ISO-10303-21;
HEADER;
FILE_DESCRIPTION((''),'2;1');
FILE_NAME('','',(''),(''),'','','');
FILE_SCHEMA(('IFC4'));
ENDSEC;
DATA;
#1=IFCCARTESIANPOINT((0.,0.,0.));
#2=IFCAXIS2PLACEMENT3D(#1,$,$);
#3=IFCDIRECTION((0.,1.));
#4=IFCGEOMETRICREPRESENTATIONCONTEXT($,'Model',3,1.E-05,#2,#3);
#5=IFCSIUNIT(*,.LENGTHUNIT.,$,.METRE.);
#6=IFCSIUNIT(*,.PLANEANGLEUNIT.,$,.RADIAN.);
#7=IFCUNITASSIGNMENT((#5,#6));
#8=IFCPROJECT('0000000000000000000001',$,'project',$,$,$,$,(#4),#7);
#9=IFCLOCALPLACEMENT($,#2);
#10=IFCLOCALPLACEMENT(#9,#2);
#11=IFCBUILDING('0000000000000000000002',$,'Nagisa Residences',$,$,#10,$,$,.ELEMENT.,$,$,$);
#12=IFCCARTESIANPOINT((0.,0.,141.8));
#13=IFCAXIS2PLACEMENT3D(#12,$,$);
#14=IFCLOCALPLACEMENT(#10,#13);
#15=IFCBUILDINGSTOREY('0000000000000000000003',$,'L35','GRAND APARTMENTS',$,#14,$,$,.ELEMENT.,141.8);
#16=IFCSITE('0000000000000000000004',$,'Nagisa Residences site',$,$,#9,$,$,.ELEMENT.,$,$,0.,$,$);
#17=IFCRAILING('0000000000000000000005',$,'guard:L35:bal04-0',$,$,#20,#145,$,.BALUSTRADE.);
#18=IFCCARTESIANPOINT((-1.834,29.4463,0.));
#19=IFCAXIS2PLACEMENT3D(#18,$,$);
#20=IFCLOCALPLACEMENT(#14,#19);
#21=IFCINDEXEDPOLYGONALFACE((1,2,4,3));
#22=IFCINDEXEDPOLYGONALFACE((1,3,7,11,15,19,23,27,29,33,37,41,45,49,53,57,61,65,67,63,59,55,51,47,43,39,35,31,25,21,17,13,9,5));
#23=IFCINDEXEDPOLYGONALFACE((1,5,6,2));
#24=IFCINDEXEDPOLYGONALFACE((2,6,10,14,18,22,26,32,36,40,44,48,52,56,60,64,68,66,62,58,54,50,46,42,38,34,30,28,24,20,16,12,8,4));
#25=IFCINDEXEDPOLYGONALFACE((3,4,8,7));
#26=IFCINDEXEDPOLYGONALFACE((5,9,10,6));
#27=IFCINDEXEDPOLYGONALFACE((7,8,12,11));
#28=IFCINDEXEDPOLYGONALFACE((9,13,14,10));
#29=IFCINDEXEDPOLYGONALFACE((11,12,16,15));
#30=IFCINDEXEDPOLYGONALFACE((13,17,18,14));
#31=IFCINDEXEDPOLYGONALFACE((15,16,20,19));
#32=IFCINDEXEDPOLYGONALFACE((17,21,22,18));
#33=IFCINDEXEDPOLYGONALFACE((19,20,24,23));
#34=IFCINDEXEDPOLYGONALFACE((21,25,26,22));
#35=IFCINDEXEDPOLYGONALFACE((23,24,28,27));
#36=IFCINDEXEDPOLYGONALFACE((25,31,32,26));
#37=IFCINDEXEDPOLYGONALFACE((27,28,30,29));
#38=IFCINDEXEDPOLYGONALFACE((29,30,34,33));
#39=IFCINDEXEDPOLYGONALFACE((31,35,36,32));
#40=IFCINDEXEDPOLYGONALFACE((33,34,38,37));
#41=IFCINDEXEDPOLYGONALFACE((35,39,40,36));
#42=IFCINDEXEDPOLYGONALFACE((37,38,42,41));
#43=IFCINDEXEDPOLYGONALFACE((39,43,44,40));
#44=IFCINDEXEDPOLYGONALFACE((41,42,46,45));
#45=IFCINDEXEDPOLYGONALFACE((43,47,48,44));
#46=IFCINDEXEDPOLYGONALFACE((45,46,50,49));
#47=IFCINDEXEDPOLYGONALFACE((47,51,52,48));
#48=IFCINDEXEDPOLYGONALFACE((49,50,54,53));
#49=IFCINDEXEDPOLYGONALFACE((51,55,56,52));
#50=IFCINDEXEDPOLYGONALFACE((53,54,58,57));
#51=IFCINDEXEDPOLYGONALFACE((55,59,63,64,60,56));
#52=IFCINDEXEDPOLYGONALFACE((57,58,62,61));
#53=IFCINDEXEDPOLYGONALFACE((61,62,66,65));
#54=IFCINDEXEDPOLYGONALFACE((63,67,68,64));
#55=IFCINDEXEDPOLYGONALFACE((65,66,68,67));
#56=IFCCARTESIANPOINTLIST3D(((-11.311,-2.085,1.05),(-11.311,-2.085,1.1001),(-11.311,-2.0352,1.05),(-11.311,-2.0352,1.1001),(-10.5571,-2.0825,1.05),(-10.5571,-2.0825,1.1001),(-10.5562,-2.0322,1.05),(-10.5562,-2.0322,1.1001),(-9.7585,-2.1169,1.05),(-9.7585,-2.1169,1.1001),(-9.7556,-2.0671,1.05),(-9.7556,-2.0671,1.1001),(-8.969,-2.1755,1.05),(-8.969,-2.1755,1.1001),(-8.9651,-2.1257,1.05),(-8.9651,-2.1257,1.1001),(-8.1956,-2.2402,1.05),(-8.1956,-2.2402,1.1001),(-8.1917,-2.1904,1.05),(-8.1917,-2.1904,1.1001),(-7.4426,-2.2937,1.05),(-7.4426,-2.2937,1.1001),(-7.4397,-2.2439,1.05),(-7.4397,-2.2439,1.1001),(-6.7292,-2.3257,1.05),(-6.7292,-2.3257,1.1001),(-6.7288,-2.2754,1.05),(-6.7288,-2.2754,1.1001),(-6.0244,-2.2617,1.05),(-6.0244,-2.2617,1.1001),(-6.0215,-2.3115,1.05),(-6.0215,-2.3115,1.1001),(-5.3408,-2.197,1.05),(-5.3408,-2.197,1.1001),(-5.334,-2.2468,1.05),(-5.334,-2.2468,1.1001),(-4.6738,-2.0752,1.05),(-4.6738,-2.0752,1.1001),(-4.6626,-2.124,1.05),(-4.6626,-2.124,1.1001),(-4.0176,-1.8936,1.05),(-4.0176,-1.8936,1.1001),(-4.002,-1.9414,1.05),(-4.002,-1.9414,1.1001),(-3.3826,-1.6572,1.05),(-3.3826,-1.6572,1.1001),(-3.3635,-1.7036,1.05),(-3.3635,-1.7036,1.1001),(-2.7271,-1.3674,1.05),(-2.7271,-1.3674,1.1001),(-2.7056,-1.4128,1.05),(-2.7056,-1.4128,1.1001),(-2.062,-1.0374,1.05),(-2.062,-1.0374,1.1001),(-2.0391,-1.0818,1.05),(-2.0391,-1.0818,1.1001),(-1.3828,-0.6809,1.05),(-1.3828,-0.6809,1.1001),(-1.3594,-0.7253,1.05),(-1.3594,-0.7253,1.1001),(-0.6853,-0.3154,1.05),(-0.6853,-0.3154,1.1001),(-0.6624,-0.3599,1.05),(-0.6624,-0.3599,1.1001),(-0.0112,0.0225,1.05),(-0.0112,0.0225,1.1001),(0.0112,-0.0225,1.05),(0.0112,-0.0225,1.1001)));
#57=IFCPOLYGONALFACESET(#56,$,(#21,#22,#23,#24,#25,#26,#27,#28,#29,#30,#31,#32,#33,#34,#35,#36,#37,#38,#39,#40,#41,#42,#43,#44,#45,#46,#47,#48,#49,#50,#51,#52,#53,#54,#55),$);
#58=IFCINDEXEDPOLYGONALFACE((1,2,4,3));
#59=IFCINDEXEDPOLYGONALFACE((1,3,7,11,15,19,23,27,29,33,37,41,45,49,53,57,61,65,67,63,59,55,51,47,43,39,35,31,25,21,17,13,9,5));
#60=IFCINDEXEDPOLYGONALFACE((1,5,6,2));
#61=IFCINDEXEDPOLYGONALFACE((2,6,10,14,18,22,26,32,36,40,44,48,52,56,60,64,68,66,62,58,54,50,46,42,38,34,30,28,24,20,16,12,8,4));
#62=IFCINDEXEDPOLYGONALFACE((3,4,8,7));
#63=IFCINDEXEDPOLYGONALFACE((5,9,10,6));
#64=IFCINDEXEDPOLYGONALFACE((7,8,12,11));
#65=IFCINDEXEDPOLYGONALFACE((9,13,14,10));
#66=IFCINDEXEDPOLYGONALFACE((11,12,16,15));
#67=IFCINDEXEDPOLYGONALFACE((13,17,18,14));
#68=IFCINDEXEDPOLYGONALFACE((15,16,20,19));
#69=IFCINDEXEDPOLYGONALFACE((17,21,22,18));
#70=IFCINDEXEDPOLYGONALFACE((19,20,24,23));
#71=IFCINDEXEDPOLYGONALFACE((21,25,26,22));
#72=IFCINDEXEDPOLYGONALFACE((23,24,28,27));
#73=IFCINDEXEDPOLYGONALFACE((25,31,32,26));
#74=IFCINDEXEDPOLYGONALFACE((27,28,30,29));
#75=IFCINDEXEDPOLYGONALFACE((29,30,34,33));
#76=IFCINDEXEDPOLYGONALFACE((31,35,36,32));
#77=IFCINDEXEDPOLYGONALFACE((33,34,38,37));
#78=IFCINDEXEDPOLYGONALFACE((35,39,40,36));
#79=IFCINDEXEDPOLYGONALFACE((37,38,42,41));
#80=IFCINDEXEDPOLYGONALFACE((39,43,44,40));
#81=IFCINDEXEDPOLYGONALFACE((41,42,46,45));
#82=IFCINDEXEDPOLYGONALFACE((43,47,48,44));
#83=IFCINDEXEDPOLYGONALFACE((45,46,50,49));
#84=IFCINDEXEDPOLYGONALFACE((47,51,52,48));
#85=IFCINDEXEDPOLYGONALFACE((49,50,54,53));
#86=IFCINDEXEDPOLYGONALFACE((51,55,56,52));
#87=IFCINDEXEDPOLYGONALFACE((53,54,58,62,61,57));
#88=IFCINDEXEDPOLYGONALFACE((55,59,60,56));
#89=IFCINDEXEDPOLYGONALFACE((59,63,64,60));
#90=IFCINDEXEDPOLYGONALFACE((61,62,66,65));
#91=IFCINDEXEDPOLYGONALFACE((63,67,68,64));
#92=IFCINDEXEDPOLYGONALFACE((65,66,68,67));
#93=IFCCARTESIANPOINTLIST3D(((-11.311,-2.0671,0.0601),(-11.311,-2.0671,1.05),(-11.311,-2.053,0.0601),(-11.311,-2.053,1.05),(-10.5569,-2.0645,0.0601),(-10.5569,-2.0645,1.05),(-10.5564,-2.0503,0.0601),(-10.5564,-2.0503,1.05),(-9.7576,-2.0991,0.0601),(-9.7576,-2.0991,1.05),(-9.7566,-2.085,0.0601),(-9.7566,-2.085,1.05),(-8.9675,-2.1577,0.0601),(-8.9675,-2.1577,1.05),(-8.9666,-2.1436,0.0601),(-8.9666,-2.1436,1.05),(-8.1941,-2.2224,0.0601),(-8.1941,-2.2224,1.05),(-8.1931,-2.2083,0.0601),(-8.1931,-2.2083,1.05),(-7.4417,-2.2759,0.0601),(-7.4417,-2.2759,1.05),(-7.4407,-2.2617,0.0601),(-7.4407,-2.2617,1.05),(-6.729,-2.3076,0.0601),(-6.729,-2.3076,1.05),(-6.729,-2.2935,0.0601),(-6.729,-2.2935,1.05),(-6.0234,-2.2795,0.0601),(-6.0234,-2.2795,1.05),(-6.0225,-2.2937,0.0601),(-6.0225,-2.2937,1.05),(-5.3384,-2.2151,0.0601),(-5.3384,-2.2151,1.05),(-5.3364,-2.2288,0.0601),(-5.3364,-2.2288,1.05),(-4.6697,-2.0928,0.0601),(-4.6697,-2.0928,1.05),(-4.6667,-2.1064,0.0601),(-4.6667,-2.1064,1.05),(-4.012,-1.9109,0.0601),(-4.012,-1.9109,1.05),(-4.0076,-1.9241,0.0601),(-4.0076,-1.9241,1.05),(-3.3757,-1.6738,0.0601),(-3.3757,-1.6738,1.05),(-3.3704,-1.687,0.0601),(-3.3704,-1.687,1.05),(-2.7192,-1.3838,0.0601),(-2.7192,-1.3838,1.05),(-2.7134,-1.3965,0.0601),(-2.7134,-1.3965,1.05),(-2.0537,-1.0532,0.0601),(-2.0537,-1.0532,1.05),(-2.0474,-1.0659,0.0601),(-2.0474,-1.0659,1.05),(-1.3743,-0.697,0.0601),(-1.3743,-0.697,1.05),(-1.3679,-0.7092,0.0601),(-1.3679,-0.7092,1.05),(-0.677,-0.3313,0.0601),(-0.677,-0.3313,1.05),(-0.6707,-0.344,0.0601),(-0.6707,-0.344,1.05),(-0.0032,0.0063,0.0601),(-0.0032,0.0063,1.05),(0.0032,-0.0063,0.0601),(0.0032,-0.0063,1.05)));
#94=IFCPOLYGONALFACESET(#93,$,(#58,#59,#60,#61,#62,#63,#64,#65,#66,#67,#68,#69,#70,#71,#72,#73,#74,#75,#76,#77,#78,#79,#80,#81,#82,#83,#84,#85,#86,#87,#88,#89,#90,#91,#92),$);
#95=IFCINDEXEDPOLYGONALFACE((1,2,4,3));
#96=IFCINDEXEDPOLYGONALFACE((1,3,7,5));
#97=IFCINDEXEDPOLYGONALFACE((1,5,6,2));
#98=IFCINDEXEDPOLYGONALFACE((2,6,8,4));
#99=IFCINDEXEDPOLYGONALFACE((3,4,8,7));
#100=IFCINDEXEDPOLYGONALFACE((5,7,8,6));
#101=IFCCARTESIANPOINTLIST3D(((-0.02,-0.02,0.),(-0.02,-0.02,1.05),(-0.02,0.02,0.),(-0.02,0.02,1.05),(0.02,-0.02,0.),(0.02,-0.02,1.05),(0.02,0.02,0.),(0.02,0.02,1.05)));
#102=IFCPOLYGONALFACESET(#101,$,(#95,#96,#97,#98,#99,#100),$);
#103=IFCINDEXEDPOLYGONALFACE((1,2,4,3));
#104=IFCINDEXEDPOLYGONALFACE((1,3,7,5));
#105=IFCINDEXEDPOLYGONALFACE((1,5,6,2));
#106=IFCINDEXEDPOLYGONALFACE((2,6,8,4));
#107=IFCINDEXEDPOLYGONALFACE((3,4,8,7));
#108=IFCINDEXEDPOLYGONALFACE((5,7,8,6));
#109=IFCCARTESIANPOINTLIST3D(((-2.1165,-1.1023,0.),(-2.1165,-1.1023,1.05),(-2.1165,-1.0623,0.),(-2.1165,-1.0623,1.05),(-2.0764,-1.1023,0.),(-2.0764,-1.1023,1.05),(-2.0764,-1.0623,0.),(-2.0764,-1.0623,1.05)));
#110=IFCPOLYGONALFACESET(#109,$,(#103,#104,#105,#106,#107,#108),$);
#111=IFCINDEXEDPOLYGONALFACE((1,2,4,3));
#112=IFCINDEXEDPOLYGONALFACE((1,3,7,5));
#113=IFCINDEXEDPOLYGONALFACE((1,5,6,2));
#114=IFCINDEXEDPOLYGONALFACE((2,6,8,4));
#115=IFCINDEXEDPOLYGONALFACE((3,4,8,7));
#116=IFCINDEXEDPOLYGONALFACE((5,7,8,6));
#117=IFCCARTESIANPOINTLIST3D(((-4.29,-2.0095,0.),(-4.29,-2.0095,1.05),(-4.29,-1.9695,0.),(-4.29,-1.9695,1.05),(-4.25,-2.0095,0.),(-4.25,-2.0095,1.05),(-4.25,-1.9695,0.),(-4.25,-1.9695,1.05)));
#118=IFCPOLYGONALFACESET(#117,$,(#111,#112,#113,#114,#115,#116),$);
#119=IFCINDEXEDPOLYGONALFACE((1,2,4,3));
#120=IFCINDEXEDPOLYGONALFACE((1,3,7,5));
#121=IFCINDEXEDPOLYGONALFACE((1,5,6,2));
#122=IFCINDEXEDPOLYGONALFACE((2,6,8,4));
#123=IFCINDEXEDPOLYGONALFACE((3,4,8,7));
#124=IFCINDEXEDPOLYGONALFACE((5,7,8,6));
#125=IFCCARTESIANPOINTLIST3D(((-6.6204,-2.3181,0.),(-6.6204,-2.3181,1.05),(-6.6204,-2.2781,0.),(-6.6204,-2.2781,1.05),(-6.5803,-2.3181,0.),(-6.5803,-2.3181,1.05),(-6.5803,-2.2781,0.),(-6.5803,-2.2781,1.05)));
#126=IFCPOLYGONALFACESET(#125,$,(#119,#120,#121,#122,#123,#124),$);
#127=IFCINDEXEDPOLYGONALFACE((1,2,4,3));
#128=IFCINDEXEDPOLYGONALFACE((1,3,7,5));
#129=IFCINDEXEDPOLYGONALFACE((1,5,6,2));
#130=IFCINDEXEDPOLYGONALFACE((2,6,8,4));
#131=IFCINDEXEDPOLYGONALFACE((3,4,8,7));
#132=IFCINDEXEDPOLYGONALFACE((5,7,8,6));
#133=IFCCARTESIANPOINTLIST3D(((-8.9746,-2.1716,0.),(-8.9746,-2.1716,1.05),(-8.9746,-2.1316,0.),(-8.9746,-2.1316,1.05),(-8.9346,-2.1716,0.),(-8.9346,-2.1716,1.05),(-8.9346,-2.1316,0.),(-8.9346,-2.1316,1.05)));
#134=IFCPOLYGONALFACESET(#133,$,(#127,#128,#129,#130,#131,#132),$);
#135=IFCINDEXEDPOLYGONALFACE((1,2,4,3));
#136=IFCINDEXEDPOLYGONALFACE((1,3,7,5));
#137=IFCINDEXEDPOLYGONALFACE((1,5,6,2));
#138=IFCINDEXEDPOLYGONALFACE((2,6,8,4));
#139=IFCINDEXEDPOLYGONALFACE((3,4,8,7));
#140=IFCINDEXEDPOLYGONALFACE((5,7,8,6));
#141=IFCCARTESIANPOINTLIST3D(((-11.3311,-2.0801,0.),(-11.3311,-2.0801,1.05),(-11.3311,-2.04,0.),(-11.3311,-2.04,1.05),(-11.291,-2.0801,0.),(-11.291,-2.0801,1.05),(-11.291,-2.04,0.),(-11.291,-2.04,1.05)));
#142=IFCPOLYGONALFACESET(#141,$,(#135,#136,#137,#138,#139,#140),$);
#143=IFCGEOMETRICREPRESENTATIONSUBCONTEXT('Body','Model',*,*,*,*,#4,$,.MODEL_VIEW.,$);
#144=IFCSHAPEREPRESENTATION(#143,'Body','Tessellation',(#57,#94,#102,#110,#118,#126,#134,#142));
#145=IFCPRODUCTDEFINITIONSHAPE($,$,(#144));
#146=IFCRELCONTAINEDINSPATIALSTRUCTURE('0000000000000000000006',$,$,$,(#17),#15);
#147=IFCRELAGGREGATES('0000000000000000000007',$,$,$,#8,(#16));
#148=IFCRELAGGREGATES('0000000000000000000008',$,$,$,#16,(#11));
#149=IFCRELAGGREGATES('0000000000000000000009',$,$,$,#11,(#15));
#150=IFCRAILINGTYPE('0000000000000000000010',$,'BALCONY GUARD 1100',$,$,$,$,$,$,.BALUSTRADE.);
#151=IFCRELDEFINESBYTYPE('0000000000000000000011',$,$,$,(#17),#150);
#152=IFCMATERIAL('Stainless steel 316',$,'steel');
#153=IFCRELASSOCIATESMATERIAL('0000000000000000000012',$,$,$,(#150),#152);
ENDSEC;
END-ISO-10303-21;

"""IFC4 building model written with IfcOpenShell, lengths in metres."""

from ifc_helpers import new_model, si_unit, direction, frame, origin, origin_2d, place, context, subcontext, project, spatial, polyline, rectangle, outline, extrude, material, type_object, element, save


model = new_model("IFC4")

# Units and contexts
model_context = context("Model", 3, precision=1e-05, world=origin(), true_north=direction((0.0, 1.0)))
body_context = subcontext(model_context, "Body", "Model", "MODEL_VIEW")
ifc_project = project(units=[si_unit("LENGTHUNIT", "METRE"), si_unit("PLANEANGLEUNIT", "RADIAN")], contexts=[model_context])

# Site, building, storey
site_placement = place(None, origin())
site = spatial("IfcSite", under=ifc_project, at=site_placement, Name="Nagisa Residences site", CompositionType="ELEMENT", RefElevation=0.0)
building_placement = place(site_placement, origin())
building = spatial("IfcBuilding", under=site, at=building_placement, Name="Nagisa Residences", CompositionType="ELEMENT")
storey_placement = place(building_placement, frame((0.0, 0.0, 141.8)))
storey = spatial("IfcBuildingStorey", under=building, at=storey_placement, Name="L35", Description="GRAND APARTMENTS", CompositionType="ELEMENT", Elevation=141.8)

# Railing
ifc_material_1 = material(Name="Stainless steel 316", Category="steel")
railing_type = type_object("IfcRailingType", Name="BALCONY GUARD 1100", PredefinedType="BALUSTRADE", material=ifc_material_1)
railing_placement = place(storey_placement, frame((-1.834, 29.4463, 0.0)))
element("IfcRailing", 1, at=railing_placement, inside=storey, type_object=railing_type, Name="guard:L35:bal04-0", PredefinedType="BALUSTRADE", context=body_context, shape_type="SweptSolid", body=[
    extrude(outline(polyline([(-0.6624, -0.3599), (0.0112, -0.0225), (-0.0112, 0.0225), (-0.6853, -0.3154), (-1.3828, -0.6809), (-2.062, -1.0374), (-2.7271, -1.3674), (-3.3826, -1.6572), (-4.0176, -1.8936), (-4.6738, -2.0752), (-5.3408, -2.197), (-6.0244, -2.2617), (-6.7288, -2.2754), (-7.4397, -2.2439), (-8.1917, -2.1904), (-8.9651, -2.1257), (-9.7556, -2.0671), (-10.5562, -2.0322), (-11.311, -2.0352), (-11.311, -2.085), (-10.5571, -2.0825), (-9.7585, -2.1169), (-8.969, -2.1755), (-8.1956, -2.2402), (-7.4426, -2.2937), (-6.7292, -2.3257), (-6.0215, -2.3115), (-5.334, -2.2468), (-4.6626, -2.124), (-4.002, -1.9414), (-3.3635, -1.7036), (-2.7056, -1.4128), (-2.0391, -1.0818), (-1.3594, -0.7253), (-0.6624, -0.3599)])), frame((0.0, 0.0, 1.05)), (0.0, 0.0, 1.0), 0.05),
    extrude(outline(polyline([(-0.6707, -0.344), (0.0032, -0.0063), (-0.0032, 0.0063), (-0.677, -0.3313), (-1.3743, -0.697), (-2.0537, -1.0532), (-2.7192, -1.3838), (-3.3757, -1.6738), (-4.012, -1.9109), (-4.6697, -2.0928), (-5.3384, -2.2151), (-6.0234, -2.2795), (-6.729, -2.2935), (-7.4407, -2.2617), (-8.1931, -2.2083), (-8.9666, -2.1436), (-9.7566, -2.085), (-10.5564, -2.0503), (-11.311, -2.053), (-11.311, -2.0671), (-10.5569, -2.0645), (-9.7576, -2.0991), (-8.9675, -2.1577), (-8.1941, -2.2224), (-7.4417, -2.2759), (-6.729, -2.3076), (-6.0225, -2.2937), (-5.3364, -2.2288), (-4.6667, -2.1064), (-4.0076, -1.9241), (-3.3704, -1.687), (-2.7134, -1.3965), (-2.0474, -1.0659), (-1.3679, -0.7092), (-0.6707, -0.344)])), frame((0.0, 0.0, 0.0601)), (0.0, 0.0, 1.0), 0.99),
    extrude(rectangle(XDim=0.04, YDim=0.04, at=origin_2d()), origin(), (0.0, 0.0, 1.0), 1.05),
    extrude(rectangle(XDim=0.04, YDim=0.04, at=origin_2d()), frame((-2.0964, -1.0823, 0.0)), (0.0, 0.0, 1.0), 1.05),
    extrude(rectangle(XDim=0.04, YDim=0.04, at=origin_2d()), frame((-4.27, -1.9895, 0.0)), (0.0, 0.0, 1.0), 1.05),
    extrude(rectangle(XDim=0.04, YDim=0.04, at=origin_2d()), frame((-6.6003, -2.2981, 0.0)), (0.0, 0.0, 1.0), 1.05),
    extrude(rectangle(XDim=0.04, YDim=0.04, at=origin_2d()), frame((-8.9546, -2.1516, 0.0)), (0.0, 0.0, 1.0), 1.05),
    extrude(rectangle(XDim=0.04, YDim=0.04, at=origin_2d()), frame((-11.311, -2.0601, 0.0)), (0.0, 0.0, 1.0), 1.05),
])

save(model, "model.ifc")
